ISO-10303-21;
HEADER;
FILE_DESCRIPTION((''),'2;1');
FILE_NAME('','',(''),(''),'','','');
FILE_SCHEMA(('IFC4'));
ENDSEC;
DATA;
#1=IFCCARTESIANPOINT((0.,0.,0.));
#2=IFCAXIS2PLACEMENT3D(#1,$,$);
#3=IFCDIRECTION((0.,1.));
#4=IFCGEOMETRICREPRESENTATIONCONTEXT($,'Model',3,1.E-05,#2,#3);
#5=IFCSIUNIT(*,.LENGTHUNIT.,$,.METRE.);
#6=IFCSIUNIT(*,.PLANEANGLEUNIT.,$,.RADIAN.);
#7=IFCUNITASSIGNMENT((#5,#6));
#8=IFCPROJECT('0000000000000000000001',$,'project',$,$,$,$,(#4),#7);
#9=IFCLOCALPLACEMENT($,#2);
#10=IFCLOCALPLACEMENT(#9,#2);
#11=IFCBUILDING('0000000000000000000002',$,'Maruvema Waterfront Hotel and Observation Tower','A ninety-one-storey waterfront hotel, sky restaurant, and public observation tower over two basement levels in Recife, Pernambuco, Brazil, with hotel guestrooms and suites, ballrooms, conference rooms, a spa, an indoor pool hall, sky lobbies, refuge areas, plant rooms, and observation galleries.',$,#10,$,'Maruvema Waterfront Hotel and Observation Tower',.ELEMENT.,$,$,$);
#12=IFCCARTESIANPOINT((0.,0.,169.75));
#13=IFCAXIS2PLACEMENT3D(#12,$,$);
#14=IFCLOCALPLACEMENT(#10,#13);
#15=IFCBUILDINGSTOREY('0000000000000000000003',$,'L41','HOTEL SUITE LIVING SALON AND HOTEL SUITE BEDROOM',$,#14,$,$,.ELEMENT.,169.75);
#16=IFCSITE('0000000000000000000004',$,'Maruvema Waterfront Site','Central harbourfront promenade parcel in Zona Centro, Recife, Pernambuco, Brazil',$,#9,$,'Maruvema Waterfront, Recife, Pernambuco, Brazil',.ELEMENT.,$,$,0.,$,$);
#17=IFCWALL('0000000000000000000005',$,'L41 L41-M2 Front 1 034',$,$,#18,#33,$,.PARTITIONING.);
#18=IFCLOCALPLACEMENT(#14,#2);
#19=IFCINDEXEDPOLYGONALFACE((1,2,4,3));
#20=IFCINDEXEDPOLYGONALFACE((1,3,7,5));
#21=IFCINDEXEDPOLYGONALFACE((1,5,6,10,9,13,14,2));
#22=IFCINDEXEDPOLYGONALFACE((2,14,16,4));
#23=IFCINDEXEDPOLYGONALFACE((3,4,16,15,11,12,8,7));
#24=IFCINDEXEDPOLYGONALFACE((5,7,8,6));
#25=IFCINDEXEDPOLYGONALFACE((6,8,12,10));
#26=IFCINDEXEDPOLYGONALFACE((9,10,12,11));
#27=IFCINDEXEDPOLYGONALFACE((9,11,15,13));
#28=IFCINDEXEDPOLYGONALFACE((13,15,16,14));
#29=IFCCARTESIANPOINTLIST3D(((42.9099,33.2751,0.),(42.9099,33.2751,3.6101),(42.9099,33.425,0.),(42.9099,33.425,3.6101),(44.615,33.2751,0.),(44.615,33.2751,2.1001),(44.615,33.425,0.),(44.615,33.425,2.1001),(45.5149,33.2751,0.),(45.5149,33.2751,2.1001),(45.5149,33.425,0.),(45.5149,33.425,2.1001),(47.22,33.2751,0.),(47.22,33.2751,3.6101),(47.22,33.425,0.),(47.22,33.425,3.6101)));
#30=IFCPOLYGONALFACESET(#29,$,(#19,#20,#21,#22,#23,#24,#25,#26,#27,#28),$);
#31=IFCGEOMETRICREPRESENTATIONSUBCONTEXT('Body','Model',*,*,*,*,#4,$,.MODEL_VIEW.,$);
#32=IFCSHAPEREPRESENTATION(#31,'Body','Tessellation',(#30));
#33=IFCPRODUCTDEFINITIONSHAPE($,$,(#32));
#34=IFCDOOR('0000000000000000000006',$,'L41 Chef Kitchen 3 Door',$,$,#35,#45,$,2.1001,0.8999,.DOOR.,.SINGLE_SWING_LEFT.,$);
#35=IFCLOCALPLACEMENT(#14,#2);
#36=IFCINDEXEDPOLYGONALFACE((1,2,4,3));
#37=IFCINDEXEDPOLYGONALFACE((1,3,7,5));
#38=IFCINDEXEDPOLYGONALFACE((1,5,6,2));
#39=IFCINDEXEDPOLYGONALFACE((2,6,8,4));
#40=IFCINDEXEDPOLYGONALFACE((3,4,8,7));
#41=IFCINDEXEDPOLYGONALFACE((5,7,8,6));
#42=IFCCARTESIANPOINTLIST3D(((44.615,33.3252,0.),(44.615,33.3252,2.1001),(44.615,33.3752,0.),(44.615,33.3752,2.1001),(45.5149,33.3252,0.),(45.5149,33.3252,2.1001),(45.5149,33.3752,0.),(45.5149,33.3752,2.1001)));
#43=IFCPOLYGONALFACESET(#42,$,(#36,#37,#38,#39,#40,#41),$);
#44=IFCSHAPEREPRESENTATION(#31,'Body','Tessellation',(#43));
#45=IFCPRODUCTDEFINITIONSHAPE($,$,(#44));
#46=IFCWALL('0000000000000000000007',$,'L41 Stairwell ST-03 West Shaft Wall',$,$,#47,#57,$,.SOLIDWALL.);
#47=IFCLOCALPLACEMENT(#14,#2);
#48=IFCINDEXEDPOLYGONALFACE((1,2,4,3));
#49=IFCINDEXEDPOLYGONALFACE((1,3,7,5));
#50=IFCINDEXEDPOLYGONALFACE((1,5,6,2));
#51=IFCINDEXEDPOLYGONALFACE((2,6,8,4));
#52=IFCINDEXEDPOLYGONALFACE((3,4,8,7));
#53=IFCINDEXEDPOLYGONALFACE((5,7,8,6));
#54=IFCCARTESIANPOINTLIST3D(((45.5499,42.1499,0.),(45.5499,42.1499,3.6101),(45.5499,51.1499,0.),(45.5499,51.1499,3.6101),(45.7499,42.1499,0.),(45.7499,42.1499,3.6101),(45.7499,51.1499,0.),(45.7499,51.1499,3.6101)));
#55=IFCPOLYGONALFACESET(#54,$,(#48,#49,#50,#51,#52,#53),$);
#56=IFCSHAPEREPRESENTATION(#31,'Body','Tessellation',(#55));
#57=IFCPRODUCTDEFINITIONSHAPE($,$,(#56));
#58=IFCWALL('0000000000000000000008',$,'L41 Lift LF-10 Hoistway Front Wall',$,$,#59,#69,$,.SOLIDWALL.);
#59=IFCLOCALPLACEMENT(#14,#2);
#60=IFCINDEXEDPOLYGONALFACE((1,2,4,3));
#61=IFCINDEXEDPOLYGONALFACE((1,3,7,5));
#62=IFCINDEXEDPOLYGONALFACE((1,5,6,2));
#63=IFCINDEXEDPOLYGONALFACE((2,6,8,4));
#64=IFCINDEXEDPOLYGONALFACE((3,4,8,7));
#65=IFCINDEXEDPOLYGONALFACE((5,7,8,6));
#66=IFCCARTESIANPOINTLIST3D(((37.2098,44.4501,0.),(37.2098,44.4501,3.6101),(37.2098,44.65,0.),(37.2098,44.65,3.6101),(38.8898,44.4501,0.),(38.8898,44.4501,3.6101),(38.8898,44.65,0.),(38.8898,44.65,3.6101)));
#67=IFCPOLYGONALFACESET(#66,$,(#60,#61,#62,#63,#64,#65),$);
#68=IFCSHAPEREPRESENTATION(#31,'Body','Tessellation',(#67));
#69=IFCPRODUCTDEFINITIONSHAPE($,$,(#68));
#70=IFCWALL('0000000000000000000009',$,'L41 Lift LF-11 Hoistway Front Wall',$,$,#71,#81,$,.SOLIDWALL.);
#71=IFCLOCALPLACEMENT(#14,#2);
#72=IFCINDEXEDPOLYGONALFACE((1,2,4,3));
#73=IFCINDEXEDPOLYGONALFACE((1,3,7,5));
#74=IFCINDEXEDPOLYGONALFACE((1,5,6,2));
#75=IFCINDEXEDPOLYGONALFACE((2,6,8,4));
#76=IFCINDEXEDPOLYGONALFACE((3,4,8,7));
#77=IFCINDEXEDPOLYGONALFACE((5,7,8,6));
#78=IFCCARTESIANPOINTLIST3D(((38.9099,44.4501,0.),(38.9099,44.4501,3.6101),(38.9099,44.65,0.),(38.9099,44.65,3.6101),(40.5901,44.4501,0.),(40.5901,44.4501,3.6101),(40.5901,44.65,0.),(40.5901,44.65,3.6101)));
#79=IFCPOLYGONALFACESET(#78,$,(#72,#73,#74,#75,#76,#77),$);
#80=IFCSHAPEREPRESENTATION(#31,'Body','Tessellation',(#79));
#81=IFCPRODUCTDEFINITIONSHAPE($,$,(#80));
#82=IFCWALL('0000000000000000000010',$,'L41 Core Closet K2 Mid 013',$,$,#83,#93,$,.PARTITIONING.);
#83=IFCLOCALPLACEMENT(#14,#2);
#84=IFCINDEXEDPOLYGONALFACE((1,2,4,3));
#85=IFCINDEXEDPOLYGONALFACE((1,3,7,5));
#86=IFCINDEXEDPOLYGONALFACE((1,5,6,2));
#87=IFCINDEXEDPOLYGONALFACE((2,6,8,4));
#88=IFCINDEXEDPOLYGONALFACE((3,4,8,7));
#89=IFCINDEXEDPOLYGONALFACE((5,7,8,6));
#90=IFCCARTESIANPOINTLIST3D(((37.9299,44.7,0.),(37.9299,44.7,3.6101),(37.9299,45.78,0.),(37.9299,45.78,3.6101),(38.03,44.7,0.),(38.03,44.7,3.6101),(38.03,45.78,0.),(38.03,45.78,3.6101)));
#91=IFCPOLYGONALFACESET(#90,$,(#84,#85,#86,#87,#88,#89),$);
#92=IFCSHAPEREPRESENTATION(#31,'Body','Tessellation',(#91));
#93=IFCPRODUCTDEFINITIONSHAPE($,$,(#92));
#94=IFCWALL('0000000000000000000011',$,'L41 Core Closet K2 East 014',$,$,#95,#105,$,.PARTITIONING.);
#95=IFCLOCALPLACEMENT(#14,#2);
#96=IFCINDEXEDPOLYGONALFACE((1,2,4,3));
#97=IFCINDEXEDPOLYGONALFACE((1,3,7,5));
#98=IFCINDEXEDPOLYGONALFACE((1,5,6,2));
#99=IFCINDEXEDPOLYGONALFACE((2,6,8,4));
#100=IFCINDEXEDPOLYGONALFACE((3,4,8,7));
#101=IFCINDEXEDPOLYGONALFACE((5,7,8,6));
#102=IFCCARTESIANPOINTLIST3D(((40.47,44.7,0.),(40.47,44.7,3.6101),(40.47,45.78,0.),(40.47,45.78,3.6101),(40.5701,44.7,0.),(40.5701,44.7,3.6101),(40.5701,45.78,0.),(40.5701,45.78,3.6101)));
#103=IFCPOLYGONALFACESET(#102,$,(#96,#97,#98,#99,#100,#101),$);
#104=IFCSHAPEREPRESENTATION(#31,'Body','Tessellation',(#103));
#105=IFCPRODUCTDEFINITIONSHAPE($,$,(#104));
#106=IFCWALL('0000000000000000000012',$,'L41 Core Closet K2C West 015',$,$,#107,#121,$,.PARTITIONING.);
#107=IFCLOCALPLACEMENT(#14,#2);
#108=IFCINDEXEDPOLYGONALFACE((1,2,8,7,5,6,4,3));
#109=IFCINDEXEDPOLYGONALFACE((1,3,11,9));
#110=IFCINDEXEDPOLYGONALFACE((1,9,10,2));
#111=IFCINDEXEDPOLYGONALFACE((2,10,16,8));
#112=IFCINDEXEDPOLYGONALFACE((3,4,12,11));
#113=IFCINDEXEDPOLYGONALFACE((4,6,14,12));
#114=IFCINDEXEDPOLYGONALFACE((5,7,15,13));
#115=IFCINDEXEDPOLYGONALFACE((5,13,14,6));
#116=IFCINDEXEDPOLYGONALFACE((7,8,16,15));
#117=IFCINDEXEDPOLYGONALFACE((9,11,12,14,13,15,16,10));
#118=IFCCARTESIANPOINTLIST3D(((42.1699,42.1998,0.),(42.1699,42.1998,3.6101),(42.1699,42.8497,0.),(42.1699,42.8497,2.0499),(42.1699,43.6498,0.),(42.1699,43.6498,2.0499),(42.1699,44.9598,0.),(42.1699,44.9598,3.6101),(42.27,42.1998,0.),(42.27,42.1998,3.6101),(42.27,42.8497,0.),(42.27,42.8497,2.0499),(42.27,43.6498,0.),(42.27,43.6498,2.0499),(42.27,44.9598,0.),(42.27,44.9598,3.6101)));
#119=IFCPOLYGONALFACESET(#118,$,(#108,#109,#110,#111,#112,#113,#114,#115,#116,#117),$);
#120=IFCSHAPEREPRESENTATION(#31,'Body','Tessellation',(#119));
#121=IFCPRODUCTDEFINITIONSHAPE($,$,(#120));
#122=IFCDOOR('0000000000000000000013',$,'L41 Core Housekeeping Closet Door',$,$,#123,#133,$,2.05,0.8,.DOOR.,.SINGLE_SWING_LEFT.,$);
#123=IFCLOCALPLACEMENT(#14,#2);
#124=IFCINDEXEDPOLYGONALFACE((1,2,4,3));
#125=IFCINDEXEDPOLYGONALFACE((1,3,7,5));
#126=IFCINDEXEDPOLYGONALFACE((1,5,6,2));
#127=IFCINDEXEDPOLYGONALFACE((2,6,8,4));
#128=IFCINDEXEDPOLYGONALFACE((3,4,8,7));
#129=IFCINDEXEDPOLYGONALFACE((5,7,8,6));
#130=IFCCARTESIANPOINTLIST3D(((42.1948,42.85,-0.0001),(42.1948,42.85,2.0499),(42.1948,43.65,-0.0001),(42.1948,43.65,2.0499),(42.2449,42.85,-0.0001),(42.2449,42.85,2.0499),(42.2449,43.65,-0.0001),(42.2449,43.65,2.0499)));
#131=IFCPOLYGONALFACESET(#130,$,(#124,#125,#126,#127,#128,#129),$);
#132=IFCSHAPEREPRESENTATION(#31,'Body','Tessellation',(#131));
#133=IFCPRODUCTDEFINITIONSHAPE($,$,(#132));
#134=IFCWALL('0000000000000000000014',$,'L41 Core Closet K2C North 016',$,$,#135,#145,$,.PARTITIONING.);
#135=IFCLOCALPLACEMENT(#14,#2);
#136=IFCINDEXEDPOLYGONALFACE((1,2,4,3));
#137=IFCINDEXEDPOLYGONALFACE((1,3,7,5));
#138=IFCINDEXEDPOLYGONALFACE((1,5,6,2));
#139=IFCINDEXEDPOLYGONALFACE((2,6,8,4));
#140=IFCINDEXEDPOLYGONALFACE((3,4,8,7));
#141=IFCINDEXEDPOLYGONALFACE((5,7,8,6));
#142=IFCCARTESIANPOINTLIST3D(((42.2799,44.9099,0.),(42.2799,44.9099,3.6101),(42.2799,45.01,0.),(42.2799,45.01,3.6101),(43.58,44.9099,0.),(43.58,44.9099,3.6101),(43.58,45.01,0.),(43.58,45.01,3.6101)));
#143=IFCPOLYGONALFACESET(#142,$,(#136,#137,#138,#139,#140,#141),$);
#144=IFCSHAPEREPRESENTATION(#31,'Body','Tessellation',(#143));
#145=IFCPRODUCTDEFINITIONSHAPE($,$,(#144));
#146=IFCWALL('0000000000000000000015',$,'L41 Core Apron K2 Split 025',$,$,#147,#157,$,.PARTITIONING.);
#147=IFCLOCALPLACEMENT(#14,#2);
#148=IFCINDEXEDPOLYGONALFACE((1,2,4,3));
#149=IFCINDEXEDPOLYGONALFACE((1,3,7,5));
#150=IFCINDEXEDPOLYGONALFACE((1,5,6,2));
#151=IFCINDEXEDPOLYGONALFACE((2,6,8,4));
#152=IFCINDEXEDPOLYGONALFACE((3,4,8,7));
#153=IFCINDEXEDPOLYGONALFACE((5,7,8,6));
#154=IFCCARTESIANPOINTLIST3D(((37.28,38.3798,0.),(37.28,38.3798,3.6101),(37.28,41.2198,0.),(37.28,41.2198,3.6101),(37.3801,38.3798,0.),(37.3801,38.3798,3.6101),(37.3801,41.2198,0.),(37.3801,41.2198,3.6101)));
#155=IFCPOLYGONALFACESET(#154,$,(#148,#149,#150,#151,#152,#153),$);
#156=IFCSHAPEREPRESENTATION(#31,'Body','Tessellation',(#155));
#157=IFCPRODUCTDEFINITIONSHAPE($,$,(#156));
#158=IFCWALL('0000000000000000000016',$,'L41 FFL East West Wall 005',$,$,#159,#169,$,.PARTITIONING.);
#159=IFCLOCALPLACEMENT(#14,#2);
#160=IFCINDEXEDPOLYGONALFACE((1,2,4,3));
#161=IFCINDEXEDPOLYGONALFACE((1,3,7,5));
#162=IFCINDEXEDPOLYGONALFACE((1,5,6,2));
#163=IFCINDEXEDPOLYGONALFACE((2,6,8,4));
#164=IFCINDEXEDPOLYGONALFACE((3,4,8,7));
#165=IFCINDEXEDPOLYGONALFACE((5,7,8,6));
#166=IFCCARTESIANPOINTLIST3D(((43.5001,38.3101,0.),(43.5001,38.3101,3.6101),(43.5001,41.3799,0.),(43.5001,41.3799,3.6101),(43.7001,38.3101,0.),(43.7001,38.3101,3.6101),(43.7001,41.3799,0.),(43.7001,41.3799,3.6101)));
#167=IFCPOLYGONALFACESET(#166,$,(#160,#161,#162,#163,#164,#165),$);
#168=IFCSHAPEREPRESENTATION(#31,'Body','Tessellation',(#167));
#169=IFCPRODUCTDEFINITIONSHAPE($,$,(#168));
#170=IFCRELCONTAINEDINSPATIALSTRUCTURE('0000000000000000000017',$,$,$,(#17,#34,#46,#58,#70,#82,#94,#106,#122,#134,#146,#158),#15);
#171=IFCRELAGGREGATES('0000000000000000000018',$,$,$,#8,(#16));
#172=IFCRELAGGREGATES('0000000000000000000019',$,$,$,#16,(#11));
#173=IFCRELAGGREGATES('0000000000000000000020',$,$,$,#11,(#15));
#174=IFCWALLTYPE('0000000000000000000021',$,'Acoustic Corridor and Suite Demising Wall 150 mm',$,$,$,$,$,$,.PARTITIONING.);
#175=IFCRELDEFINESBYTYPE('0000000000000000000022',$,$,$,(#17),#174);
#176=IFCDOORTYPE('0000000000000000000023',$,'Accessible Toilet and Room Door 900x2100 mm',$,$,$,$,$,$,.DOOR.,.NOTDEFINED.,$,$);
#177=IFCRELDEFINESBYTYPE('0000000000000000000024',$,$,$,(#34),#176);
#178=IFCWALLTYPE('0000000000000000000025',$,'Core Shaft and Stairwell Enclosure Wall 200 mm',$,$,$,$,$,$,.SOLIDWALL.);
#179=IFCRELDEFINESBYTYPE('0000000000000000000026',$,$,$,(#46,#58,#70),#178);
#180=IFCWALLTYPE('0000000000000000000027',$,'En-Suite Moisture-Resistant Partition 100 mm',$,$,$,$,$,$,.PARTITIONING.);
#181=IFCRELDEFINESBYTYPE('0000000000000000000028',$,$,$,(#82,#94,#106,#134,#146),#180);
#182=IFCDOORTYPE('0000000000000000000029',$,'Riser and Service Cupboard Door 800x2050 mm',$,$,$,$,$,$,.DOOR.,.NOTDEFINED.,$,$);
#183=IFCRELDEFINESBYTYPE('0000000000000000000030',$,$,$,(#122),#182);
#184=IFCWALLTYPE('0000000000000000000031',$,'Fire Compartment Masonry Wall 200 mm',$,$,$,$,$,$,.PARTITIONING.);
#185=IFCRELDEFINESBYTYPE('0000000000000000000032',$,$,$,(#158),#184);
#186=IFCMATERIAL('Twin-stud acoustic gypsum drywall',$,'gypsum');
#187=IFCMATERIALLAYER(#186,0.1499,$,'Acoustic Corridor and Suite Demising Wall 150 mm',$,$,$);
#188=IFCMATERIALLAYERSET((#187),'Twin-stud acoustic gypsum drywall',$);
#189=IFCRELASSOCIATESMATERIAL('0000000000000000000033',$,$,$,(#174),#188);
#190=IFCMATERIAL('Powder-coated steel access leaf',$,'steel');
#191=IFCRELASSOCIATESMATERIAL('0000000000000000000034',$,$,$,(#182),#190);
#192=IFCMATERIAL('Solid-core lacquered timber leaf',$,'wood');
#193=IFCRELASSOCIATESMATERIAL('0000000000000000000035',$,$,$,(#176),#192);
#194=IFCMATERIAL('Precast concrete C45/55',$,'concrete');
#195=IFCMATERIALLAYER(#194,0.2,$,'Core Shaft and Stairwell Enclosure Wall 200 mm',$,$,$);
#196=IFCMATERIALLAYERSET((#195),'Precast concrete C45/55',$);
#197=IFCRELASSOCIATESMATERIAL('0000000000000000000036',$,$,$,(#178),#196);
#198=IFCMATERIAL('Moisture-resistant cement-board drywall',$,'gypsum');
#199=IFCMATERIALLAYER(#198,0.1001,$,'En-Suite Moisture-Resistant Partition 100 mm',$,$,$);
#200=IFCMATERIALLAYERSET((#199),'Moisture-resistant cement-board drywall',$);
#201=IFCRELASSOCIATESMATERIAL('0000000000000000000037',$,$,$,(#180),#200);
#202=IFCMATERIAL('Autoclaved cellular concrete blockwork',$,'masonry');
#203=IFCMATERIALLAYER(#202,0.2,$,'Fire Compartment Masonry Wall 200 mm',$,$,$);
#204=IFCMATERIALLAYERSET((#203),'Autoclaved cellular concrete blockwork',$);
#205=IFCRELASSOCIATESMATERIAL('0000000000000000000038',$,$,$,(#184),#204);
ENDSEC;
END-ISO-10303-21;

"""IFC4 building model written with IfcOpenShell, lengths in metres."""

from ifc_helpers import new_model, si_unit, direction, frame, frame_2d, origin, place, context, subcontext, project, spatial, rectangle, extrude, material, layer, layer_set, type_object, element, fill, save


model = new_model("IFC4")

# Units and contexts
model_context = context("Model", 3, precision=1e-05, world=origin(), true_north=direction((0.0, 1.0)))
body_context = subcontext(model_context, "Body", "Model", "MODEL_VIEW")
ifc_project = project(units=[si_unit("LENGTHUNIT", "METRE"), si_unit("PLANEANGLEUNIT", "RADIAN")], contexts=[model_context])

# Site, building, storey
site_placement = place(None, origin())
site = spatial("IfcSite", under=ifc_project, at=site_placement, Name="Maruvema Waterfront Site", Description="Central harbourfront promenade parcel in Zona Centro, Recife, Pernambuco, Brazil", LongName="Maruvema Waterfront, Recife, Pernambuco, Brazil", CompositionType="ELEMENT", RefElevation=0.0)
building_placement = place(site_placement, origin())
building = spatial("IfcBuilding", under=site, at=building_placement, Name="Maruvema Waterfront Hotel and Observation Tower", Description="A ninety-one-storey waterfront hotel, sky restaurant, and public observation tower over two basement levels in Recife, Pernambuco, Brazil, with hotel guestrooms and suites, ballrooms, conference rooms, a spa, an indoor pool hall, sky lobbies, refuge areas, plant rooms, and observation galleries.", LongName="Maruvema Waterfront Hotel and Observation Tower", CompositionType="ELEMENT")
storey_placement = place(building_placement, frame((0.0, 0.0, 169.75)))
storey = spatial("IfcBuildingStorey", under=building, at=storey_placement, Name="L41", Description="HOTEL SUITE LIVING SALON AND HOTEL SUITE BEDROOM", CompositionType="ELEMENT", Elevation=169.75)

# Shared definitions
ifc_material_1 = material(Name="Twin-stud acoustic gypsum drywall", Category="gypsum")
ifc_layer_1 = layer(ifc_material_1, 0.1499, Name="Acoustic Corridor and Suite Demising Wall 150 mm")
ifc_layer_set_1 = layer_set([ifc_layer_1], Name="Twin-stud acoustic gypsum drywall")
wall_type_1 = type_object("IfcWallType", Name="Acoustic Corridor and Suite Demising Wall 150 mm", PredefinedType="PARTITIONING", material=ifc_layer_set_1)
ifc_material_2 = material(Name="Powder-coated steel access leaf", Category="steel")
door_type_1 = type_object("IfcDoorType", Name="Riser and Service Cupboard Door 800x2050 mm", OperationType="NOTDEFINED", PredefinedType="DOOR", material=ifc_material_2)

# Wall, opening, door
wall_1_placement = place(storey_placement, frame((42.9099, 33.3501, 0.0), z_axis=(0.0, 0.0, 1.0), x_axis=(1.0, 0.0, 0.0)))
wall_1 = element("IfcWall", 1, at=wall_1_placement, inside=storey, type_object=wall_type_1, Name="L41 L41-M2 Front 1 034", PredefinedType="PARTITIONING", context=body_context, shape_type="SweptSolid", body=[
    extrude(rectangle(XDim=4.3101, YDim=0.1499, at=frame_2d((2.155, 0.0))), origin(), (0.0, 0.0, 1.0), 3.6101),
])
opening_1_placement = place(wall_1_placement, frame((1.7051, 0.0, 0.0)))
opening_1 = element("IfcOpeningElement", 2, at=opening_1_placement, cuts=wall_1, PredefinedType="OPENING", context=body_context, shape_type="SweptSolid", body=[
    extrude(rectangle(XDim=0.8999, YDim=2.1001, at=frame_2d((0.45, 1.05))), frame((0.0, 0.085, 0.0), z_axis=(0.0, -1.0, 0.0), x_axis=(1.0, 0.0, 0.0)), (0.0, 0.0, 1.0), 0.1699),
])
ifc_material_3 = material(Name="Solid-core lacquered timber leaf", Category="wood")
door_type_2 = type_object("IfcDoorType", Name="Accessible Toilet and Room Door 900x2100 mm", OperationType="NOTDEFINED", PredefinedType="DOOR", material=ifc_material_3)
door_1_placement = place(opening_1_placement, frame((0.8999, 0.0, 0.0), z_axis=(0.0, 0.0, 1.0), x_axis=(-1.0, 0.0, 0.0)))
door_1 = element("IfcDoor", 3, at=door_1_placement, inside=storey, type_object=door_type_2, Name="L41 Chef Kitchen 3 Door", OperationType="SINGLE_SWING_LEFT", OverallHeight=2.1001, OverallWidth=0.8999, PredefinedType="DOOR", context=body_context, shape_type="SweptSolid", body=[
    extrude(rectangle(XDim=0.8999, YDim=2.1001, at=frame_2d((0.45, 1.05))), frame((0.0, 0.0249, 0.0), z_axis=(0.0, -1.0, 0.0), x_axis=(1.0, 0.0, 0.0)), (0.0, 0.0, 1.0), 0.05),
])
fill(opening_1, door_1)

# Walls
ifc_material_4 = material(Name="Precast concrete C45/55", Category="concrete")
ifc_layer_2 = layer(ifc_material_4, 0.2, Name="Core Shaft and Stairwell Enclosure Wall 200 mm")
ifc_layer_set_2 = layer_set([ifc_layer_2], Name="Precast concrete C45/55")
wall_type_2 = type_object("IfcWallType", Name="Core Shaft and Stairwell Enclosure Wall 200 mm", PredefinedType="SOLIDWALL", material=ifc_layer_set_2)
wall_2_placement = place(storey_placement, frame((45.6499, 42.1499, 0.0), z_axis=(0.0, 0.0, 1.0), x_axis=(0.0, 1.0, 0.0)))
element("IfcWall", 4, at=wall_2_placement, inside=storey, type_object=wall_type_2, Name="L41 Stairwell ST-03 West Shaft Wall", PredefinedType="SOLIDWALL", context=body_context, shape_type="SweptSolid", body=[
    extrude(rectangle(XDim=9.0, YDim=0.2, at=frame_2d((4.5, 0.0))), origin(), (0.0, 0.0, 1.0), 3.6101),
])
wall_3_placement = place(storey_placement, frame((37.21, 44.55, 0.0), z_axis=(0.0, 0.0, 1.0), x_axis=(1.0, 0.0, 0.0)))
element("IfcWall", 5, at=wall_3_placement, inside=storey, type_object=wall_type_2, Name="L41 Lift LF-10 Hoistway Front Wall", PredefinedType="SOLIDWALL", context=body_context, shape_type="SweptSolid", body=[
    extrude(rectangle(XDim=1.6799, YDim=0.2, at=frame_2d((0.8398, 0.0))), origin(), (0.0, 0.0, 1.0), 3.6101),
])
wall_4_placement = place(storey_placement, frame((38.9099, 44.55, 0.0), z_axis=(0.0, 0.0, 1.0), x_axis=(1.0, 0.0, 0.0)))
element("IfcWall", 6, at=wall_4_placement, inside=storey, type_object=wall_type_2, Name="L41 Lift LF-11 Hoistway Front Wall", PredefinedType="SOLIDWALL", context=body_context, shape_type="SweptSolid", body=[
    extrude(rectangle(XDim=1.6802, YDim=0.2, at=frame_2d((0.8401, 0.0))), origin(), (0.0, 0.0, 1.0), 3.6101),
])

# Walls
ifc_material_5 = material(Name="Moisture-resistant cement-board drywall", Category="gypsum")
ifc_layer_3 = layer(ifc_material_5, 0.1001, Name="En-Suite Moisture-Resistant Partition 100 mm")
ifc_layer_set_3 = layer_set([ifc_layer_3], Name="Moisture-resistant cement-board drywall")
wall_type_3 = type_object("IfcWallType", Name="En-Suite Moisture-Resistant Partition 100 mm", PredefinedType="PARTITIONING", material=ifc_layer_set_3)
for number, where, z_axis, x_axis, name in (
    (7, (37.98, 44.7, 0.0), (0.0, 0.0, 1.0), (0.0, 1.0, 0.0), "L41 Core Closet K2 Mid 013"),
    (8, (40.52, 44.7, 0.0), (0.0, 0.0, 1.0), (0.0, 1.0, 0.0), "L41 Core Closet K2 East 014"),
):
    element("IfcWall", number, at=place(storey_placement, frame(where, z_axis=z_axis, x_axis=x_axis)), inside=storey, type_object=wall_type_3, Name=name, PredefinedType="PARTITIONING", context=body_context, shape_type="SweptSolid", body=[
        extrude(rectangle(XDim=1.0801, YDim=0.1001, at=frame_2d((0.54, 0.0))), origin(), (0.0, 0.0, 1.0), 3.6101),
    ])

# Wall, opening, door
wall_5_placement = place(storey_placement, frame((42.22, 42.2, 0.0), z_axis=(0.0, 0.0, 1.0), x_axis=(0.0, 1.0, 0.0)))
wall_5 = element("IfcWall", 9, at=wall_5_placement, inside=storey, type_object=wall_type_3, Name="L41 Core Closet K2C West 015", PredefinedType="PARTITIONING", context=body_context, shape_type="SweptSolid", body=[
    extrude(rectangle(XDim=2.76, YDim=0.1001, at=frame_2d((1.3799, 0.0))), origin(), (0.0, 0.0, 1.0), 3.6101),
])
opening_2_placement = place(wall_5_placement, frame((0.6499, 0.0, 0.0)))
opening_2 = element("IfcOpeningElement", 10, at=opening_2_placement, cuts=wall_5, PredefinedType="OPENING", context=body_context, shape_type="SweptSolid", body=[
    extrude(rectangle(XDim=0.8, YDim=2.05, at=frame_2d((0.3999, 1.0249))), frame((0.0, 0.0601, 0.0), z_axis=(0.0, -1.0, 0.0), x_axis=(1.0, 0.0, 0.0)), (0.0, 0.0, 1.0), 0.1201),
])
door_2_placement = place(opening_2_placement, frame((0.8, 0.0, 0.0), z_axis=(0.0, 0.0, 1.0), x_axis=(-1.0, 0.0, 0.0)))
door_2 = element("IfcDoor", 11, at=door_2_placement, inside=storey, type_object=door_type_1, Name="L41 Core Housekeeping Closet Door", OperationType="SINGLE_SWING_LEFT", OverallHeight=2.05, OverallWidth=0.8, PredefinedType="DOOR", context=body_context, shape_type="SweptSolid", body=[
    extrude(rectangle(XDim=0.8, YDim=2.05, at=frame_2d((0.3999, 1.0249))), frame((0.0, 0.0249, 0.0), z_axis=(0.0, -1.0, 0.0), x_axis=(1.0, 0.0, 0.0)), (0.0, 0.0, 1.0), 0.05),
])
fill(opening_2, door_2)

# Walls
wall_6_placement = place(storey_placement, frame((42.28, 44.96, 0.0), z_axis=(0.0, 0.0, 1.0), x_axis=(1.0, 0.0, 0.0)))
element("IfcWall", 12, at=wall_6_placement, inside=storey, type_object=wall_type_3, Name="L41 Core Closet K2C North 016", PredefinedType="PARTITIONING", context=body_context, shape_type="SweptSolid", body=[
    extrude(rectangle(XDim=1.3, YDim=0.1001, at=frame_2d((0.6499, 0.0))), origin(), (0.0, 0.0, 1.0), 3.6101),
])
wall_7_placement = place(storey_placement, frame((37.3301, 38.3799, 0.0), z_axis=(0.0, 0.0, 1.0), x_axis=(0.0, 1.0, 0.0)))
element("IfcWall", 13, at=wall_7_placement, inside=storey, type_object=wall_type_3, Name="L41 Core Apron K2 Split 025", PredefinedType="PARTITIONING", context=body_context, shape_type="SweptSolid", body=[
    extrude(rectangle(XDim=2.8401, YDim=0.1001, at=frame_2d((1.4199, 0.0))), origin(), (0.0, 0.0, 1.0), 3.6101),
])

# Shared definitions
ifc_material_6 = material(Name="Autoclaved cellular concrete blockwork", Category="masonry")
ifc_layer_4 = layer(ifc_material_6, 0.2, Name="Fire Compartment Masonry Wall 200 mm")
ifc_layer_set_4 = layer_set([ifc_layer_4], Name="Autoclaved cellular concrete blockwork")
wall_type_4 = type_object("IfcWallType", Name="Fire Compartment Masonry Wall 200 mm", PredefinedType="PARTITIONING", material=ifc_layer_set_4)

# Wall
wall_8_placement = place(storey_placement, frame((43.6001, 38.3101, 0.0), z_axis=(0.0, 0.0, 1.0), x_axis=(0.0, 1.0, 0.0)))
element("IfcWall", 14, at=wall_8_placement, inside=storey, type_object=wall_type_4, Name="L41 FFL East West Wall 005", PredefinedType="PARTITIONING", context=body_context, shape_type="SweptSolid", body=[
    extrude(rectangle(XDim=3.0698, YDim=0.2, at=frame_2d((1.5349, 0.0))), origin(), (0.0, 0.0, 1.0), 3.6101),
])

save(model, "model.ifc")
